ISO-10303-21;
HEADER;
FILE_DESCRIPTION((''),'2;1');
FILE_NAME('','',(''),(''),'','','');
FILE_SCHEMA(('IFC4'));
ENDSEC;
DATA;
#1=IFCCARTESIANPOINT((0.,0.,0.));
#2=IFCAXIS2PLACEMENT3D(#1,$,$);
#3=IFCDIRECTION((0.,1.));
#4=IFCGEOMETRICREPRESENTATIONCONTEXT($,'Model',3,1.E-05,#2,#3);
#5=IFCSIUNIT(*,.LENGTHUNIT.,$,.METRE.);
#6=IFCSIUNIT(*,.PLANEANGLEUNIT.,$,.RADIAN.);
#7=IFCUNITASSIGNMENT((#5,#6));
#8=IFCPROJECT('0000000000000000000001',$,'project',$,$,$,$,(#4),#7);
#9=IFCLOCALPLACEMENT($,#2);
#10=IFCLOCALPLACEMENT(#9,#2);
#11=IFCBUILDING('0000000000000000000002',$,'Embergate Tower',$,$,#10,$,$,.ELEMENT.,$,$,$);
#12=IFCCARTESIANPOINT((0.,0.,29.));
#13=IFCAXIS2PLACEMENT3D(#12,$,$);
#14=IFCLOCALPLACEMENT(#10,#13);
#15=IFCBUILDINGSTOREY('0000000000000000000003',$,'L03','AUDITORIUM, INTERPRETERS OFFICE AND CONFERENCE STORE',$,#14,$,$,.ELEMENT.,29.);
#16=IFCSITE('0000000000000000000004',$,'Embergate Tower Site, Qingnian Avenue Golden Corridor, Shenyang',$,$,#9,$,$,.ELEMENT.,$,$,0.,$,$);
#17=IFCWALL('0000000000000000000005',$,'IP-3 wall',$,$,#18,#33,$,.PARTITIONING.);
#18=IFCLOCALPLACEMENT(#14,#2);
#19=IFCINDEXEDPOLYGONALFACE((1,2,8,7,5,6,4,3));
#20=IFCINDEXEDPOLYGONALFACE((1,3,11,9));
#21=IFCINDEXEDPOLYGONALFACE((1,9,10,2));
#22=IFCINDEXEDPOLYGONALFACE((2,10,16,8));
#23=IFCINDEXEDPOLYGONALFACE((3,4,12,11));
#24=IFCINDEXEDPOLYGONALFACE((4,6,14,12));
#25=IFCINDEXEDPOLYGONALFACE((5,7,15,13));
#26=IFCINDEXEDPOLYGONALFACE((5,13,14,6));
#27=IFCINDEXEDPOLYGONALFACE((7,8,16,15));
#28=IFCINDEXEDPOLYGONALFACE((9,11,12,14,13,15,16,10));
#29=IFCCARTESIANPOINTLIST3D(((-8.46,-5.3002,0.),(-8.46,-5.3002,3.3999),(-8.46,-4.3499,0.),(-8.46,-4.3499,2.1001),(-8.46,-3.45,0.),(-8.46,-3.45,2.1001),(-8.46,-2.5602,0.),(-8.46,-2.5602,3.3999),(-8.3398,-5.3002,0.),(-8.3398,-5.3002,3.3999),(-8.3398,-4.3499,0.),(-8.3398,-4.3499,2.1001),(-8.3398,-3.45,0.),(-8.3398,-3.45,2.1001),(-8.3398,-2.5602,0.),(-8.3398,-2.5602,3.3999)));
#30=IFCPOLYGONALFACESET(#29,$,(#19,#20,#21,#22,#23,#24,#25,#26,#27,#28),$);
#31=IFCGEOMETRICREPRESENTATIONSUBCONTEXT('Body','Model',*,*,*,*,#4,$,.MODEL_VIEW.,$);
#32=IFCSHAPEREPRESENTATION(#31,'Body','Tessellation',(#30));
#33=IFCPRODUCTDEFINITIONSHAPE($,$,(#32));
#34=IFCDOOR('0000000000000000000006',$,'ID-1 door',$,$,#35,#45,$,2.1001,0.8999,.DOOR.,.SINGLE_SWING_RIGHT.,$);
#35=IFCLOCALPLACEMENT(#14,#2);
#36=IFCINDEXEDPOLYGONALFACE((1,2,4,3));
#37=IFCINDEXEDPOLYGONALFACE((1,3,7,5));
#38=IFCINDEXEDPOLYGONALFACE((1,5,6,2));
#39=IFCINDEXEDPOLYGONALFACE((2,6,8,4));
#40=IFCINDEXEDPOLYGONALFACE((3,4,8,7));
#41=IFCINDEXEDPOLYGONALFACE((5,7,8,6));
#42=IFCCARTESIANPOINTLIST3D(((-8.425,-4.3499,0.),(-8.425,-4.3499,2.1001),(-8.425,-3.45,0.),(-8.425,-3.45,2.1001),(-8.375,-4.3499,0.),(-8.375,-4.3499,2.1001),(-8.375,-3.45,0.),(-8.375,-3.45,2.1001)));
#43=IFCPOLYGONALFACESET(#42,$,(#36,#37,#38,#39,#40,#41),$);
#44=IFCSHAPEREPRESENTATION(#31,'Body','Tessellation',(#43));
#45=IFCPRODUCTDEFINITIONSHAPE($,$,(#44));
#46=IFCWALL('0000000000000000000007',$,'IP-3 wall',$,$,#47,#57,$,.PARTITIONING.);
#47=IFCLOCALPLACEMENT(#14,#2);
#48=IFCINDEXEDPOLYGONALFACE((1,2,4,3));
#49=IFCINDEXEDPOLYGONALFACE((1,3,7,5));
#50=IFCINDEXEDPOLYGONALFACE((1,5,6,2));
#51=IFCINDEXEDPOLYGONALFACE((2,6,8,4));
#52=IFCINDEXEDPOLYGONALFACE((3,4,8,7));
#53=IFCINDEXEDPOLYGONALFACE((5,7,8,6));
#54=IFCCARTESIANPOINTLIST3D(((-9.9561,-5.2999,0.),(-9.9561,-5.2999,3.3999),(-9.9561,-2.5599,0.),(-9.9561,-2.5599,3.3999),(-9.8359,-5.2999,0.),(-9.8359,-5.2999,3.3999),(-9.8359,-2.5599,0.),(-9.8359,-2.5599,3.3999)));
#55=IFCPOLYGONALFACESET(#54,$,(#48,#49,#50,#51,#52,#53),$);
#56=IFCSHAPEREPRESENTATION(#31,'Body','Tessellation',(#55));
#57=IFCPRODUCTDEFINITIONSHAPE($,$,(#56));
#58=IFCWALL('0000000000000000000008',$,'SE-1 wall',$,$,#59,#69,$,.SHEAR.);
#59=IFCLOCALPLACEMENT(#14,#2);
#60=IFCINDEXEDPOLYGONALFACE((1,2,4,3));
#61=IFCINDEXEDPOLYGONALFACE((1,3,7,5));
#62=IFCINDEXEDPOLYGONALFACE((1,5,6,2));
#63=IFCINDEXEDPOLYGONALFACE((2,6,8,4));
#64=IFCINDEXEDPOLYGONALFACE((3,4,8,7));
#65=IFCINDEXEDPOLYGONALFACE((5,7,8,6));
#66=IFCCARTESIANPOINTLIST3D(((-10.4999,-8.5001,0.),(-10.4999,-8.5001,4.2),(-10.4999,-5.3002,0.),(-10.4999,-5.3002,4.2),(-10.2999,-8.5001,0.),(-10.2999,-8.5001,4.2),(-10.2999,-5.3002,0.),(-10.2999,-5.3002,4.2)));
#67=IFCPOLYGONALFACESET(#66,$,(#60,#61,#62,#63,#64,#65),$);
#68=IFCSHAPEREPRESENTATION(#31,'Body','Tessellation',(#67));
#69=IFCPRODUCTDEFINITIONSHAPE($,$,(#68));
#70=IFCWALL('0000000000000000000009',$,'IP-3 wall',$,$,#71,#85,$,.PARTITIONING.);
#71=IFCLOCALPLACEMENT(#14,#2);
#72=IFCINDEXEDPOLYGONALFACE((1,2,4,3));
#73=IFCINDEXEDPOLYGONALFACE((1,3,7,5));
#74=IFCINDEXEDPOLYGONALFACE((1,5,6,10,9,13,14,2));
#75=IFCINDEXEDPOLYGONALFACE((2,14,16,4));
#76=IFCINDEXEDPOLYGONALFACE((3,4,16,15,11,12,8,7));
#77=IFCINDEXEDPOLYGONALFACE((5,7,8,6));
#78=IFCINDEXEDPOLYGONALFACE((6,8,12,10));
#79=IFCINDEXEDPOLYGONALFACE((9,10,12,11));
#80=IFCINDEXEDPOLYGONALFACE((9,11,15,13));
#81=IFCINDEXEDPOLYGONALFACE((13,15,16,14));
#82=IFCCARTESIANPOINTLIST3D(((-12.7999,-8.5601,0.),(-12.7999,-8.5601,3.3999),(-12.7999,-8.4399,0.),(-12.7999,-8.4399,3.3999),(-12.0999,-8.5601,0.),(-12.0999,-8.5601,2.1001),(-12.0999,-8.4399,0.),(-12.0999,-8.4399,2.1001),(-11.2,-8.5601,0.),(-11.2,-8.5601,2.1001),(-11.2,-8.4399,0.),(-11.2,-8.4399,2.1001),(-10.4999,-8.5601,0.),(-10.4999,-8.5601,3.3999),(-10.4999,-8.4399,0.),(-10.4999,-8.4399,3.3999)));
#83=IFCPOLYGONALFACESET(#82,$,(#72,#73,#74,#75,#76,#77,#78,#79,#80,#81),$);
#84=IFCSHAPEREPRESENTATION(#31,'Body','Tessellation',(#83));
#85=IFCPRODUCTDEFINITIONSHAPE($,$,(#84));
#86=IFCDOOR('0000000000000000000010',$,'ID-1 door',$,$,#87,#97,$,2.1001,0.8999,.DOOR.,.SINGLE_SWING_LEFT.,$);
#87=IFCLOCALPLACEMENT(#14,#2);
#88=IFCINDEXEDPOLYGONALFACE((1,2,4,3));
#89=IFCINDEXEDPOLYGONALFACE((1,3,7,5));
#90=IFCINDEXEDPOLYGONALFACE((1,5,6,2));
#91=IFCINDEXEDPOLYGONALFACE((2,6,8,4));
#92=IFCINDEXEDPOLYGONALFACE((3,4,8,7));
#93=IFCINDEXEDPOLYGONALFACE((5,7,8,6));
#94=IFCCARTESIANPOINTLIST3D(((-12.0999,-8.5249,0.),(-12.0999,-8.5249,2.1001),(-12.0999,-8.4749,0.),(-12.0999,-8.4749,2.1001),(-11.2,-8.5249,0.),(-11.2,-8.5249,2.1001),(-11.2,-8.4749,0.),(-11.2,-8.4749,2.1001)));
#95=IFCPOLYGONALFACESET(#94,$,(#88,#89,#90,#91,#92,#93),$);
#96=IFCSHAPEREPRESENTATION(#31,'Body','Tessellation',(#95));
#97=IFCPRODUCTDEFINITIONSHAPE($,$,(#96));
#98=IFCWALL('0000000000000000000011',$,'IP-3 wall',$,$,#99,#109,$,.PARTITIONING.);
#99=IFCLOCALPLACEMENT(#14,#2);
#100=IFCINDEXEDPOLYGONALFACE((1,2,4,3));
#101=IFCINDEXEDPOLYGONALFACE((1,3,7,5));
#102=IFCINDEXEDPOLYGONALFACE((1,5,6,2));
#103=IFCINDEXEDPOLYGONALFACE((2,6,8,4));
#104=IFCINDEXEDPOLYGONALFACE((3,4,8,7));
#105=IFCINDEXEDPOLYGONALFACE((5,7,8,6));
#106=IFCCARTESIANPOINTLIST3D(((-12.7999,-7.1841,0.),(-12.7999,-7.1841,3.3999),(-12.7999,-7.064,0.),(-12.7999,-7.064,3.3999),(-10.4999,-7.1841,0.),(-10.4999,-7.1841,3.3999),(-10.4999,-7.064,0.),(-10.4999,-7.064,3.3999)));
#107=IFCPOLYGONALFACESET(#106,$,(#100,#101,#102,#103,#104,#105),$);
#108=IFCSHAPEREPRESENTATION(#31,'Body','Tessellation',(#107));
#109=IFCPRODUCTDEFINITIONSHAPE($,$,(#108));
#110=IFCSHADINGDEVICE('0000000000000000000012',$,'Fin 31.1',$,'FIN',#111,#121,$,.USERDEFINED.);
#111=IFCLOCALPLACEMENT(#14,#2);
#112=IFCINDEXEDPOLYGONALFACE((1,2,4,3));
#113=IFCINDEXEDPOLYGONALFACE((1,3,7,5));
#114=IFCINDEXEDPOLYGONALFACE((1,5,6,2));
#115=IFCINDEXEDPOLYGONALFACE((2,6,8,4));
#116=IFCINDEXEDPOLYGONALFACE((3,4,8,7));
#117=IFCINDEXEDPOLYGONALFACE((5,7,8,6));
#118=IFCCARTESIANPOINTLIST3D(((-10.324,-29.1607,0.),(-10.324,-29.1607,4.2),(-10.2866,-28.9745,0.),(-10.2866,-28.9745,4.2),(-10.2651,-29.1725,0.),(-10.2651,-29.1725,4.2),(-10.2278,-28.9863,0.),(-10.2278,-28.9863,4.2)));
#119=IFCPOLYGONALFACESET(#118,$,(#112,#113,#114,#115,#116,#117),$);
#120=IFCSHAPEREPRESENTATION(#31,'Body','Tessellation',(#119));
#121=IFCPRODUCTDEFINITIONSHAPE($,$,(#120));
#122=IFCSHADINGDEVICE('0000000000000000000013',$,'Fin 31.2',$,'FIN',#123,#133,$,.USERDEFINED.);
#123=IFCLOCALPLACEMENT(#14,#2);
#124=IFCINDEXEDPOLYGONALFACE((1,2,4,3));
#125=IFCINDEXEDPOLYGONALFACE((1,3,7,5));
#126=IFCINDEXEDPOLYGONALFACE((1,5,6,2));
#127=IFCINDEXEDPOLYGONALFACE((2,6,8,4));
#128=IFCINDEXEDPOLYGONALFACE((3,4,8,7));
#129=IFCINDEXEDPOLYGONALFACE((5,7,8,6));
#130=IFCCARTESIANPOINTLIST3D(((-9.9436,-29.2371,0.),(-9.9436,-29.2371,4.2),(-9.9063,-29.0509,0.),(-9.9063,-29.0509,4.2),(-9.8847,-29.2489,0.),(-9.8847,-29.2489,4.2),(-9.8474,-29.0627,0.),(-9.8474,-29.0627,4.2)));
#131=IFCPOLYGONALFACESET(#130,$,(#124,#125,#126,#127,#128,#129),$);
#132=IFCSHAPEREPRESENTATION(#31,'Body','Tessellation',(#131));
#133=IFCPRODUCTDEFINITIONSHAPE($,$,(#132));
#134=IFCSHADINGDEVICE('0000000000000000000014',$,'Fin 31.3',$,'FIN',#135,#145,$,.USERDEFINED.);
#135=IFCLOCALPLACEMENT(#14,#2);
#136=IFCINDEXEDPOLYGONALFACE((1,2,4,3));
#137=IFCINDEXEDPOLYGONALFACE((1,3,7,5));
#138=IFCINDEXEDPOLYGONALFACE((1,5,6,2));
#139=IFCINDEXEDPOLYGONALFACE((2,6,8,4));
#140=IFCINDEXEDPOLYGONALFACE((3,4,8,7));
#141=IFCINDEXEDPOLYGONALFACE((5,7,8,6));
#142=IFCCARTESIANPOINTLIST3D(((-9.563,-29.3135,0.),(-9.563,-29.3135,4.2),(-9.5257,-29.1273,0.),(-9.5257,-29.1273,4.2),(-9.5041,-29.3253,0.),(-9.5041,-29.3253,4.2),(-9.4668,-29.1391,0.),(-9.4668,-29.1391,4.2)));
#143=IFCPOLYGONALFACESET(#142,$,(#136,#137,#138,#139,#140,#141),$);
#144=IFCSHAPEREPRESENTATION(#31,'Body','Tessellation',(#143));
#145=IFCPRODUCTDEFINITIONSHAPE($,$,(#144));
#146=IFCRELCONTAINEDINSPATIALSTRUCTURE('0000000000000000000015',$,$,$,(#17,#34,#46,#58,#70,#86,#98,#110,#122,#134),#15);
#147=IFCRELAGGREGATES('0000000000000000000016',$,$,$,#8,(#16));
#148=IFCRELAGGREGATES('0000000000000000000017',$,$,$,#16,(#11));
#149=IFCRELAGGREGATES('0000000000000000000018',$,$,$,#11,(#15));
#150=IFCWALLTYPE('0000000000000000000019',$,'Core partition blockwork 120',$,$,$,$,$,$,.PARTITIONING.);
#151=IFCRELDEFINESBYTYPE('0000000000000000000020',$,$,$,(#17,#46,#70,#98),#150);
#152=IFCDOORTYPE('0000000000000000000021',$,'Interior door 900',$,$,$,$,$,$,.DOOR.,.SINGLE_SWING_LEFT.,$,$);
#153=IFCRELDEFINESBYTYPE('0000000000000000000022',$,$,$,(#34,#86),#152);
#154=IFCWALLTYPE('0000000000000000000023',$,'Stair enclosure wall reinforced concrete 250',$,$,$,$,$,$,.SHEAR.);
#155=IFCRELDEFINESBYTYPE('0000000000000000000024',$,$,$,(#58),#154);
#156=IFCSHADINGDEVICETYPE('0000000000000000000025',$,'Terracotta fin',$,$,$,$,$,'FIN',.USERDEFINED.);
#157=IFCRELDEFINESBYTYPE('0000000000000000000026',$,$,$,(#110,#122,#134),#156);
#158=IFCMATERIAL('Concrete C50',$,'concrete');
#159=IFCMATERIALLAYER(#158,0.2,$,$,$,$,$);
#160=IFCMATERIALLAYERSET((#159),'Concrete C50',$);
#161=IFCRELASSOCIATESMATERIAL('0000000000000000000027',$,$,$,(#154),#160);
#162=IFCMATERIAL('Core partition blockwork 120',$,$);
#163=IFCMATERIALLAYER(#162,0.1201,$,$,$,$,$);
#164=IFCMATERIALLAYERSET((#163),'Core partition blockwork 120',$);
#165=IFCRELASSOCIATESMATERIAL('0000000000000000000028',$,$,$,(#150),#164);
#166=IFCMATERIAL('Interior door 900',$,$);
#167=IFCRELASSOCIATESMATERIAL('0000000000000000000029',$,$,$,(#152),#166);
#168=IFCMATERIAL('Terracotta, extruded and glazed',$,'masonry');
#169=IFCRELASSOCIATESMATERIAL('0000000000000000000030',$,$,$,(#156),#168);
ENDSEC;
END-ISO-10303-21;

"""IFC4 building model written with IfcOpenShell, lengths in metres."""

from ifc_helpers import new_model, si_unit, direction, frame, frame_2d, origin, origin_2d, place, context, subcontext, project, spatial, rectangle, extrude, source, transform, mapped, material, layer, layer_set, material_profile, profile_set, type_object, element, fill, save


model = new_model("IFC4")

# Units and contexts
model_context = context("Model", 3, precision=1e-05, world=origin(), true_north=direction((0.0, 1.0)))
body_context = subcontext(model_context, "Body", "Model", "MODEL_VIEW")
ifc_project = project(units=[si_unit("LENGTHUNIT", "METRE"), si_unit("PLANEANGLEUNIT", "RADIAN")], contexts=[model_context])

# Site, building, storey
site_placement = place(None, origin())
site = spatial("IfcSite", under=ifc_project, at=site_placement, Name="Embergate Tower Site, Qingnian Avenue Golden Corridor, Shenyang", CompositionType="ELEMENT", RefElevation=0.0)
building_placement = place(site_placement, origin())
building = spatial("IfcBuilding", under=site, at=building_placement, Name="Embergate Tower", CompositionType="ELEMENT")
storey_placement = place(building_placement, frame((0.0, 0.0, 29.0)))
storey = spatial("IfcBuildingStorey", under=building, at=storey_placement, Name="L03", Description="AUDITORIUM, INTERPRETERS OFFICE AND CONFERENCE STORE", CompositionType="ELEMENT", Elevation=29.0)

# Shared definitions
ifc_material_1 = material(Name="Concrete C50", Category="concrete")
ifc_layer_1 = layer(ifc_material_1, 0.2)
ifc_layer_set_1 = layer_set([ifc_layer_1], Name="Concrete C50")
wall_type_1 = type_object("IfcWallType", Name="Stair enclosure wall reinforced concrete 250", PredefinedType="SHEAR", material=ifc_layer_set_1)

# Wall, opening, door
ifc_material_2 = material(Name="Core partition blockwork 120")
ifc_layer_2 = layer(ifc_material_2, 0.1201)
ifc_layer_set_2 = layer_set([ifc_layer_2], Name="Core partition blockwork 120")
wall_type_2 = type_object("IfcWallType", Name="Core partition blockwork 120", PredefinedType="PARTITIONING", material=ifc_layer_set_2)
shared_shape_1 = source(origin(), body_context, "Body", "SweptSolid", [
    extrude(rectangle(XDim=2.74, YDim=0.1201, at=frame_2d((1.3701, 0.0))), origin(), (0.0, 0.0, 1.0), 3.3999),
])
wall_1_placement = place(storey_placement, frame((-8.3999, -2.5601, 0.0), z_axis=(0.0, 0.0, 1.0), x_axis=(0.0, -1.0, 0.0)))
wall_1 = element("IfcWall", 1, at=wall_1_placement, inside=storey, type_object=wall_type_2, Name="IP-3 wall", PredefinedType="PARTITIONING", context=body_context, shape_type="MappedRepresentation", body=[
    mapped(shared_shape_1, transform((0.0, 0.0, 0.0))),
])
shared_shape_2 = source(origin(), body_context, "Body", "SweptSolid", [
    extrude(rectangle(XDim=0.8999, YDim=2.1001, at=frame_2d((0.45, 1.05))), frame((0.0, 0.0701, 0.0), z_axis=(0.0, -1.0, 0.0), x_axis=(1.0, 0.0, 0.0)), (0.0, 0.0, 1.0), 0.1401),
])
opening_1_placement = place(wall_1_placement, frame((0.8899, 0.0, 0.0)))
opening_1 = element("IfcOpeningElement", 2, at=opening_1_placement, cuts=wall_1, PredefinedType="OPENING", context=body_context, shape_type="MappedRepresentation", body=[
    mapped(shared_shape_2, transform((0.0, 0.0, 0.0))),
])
ifc_material_3 = material(Name="Interior door 900")
door_type = type_object("IfcDoorType", Name="Interior door 900", OperationType="SINGLE_SWING_LEFT", PredefinedType="DOOR", material=ifc_material_3)
shared_shape_3 = source(origin(), body_context, "Body", "SweptSolid", [
    extrude(rectangle(XDim=0.8999, YDim=2.1001, at=frame_2d((0.45, 1.05))), frame((0.0, 0.0249, 0.0), z_axis=(0.0, -1.0, 0.0), x_axis=(1.0, 0.0, 0.0)), (0.0, 0.0, 1.0), 0.05),
])
door_1_placement = place(opening_1_placement, origin())
door_1 = element("IfcDoor", 3, at=door_1_placement, inside=storey, type_object=door_type, Name="ID-1 door", OperationType="SINGLE_SWING_RIGHT", OverallHeight=2.1001, OverallWidth=0.8999, PredefinedType="DOOR", context=body_context, shape_type="MappedRepresentation", body=[
    mapped(shared_shape_3, transform((0.0, 0.0, 0.0))),
])
fill(opening_1, door_1)

# Walls
wall_2_placement = place(storey_placement, frame((-9.896, -5.3, 0.0), z_axis=(0.0, 0.0, 1.0), x_axis=(0.0, 1.0, 0.0)))
element("IfcWall", 4, at=wall_2_placement, inside=storey, type_object=wall_type_2, Name="IP-3 wall", PredefinedType="PARTITIONING", context=body_context, shape_type="MappedRepresentation", body=[
    mapped(shared_shape_1, transform((0.0, 0.0, 0.0))),
])
shared_shape_4 = source(origin(), body_context, "Body", "SweptSolid", [
    extrude(rectangle(XDim=3.2, YDim=0.2, at=frame_2d((1.6001, 0.0))), origin(), (0.0, 0.0, 1.0), 4.2),
])
wall_3_placement = place(storey_placement, frame((-10.3999, -5.3, 0.0), z_axis=(0.0, 0.0, 1.0), x_axis=(0.0, -1.0, 0.0)))
element("IfcWall", 5, at=wall_3_placement, inside=storey, type_object=wall_type_1, Name="SE-1 wall", PredefinedType="SHEAR", context=body_context, shape_type="MappedRepresentation", body=[
    mapped(shared_shape_4, transform((0.0, 0.0, 0.0))),
])

# Wall, opening, door
shared_shape_5 = source(origin(), body_context, "Body", "SweptSolid", [
    extrude(rectangle(XDim=2.3, YDim=0.1201, at=frame_2d((1.1499, 0.0))), origin(), (0.0, 0.0, 1.0), 3.3999),
])
wall_4_placement = place(storey_placement, frame((-10.5, -8.5, 0.0), z_axis=(0.0, 0.0, 1.0), x_axis=(-1.0, 0.0, 0.0)))
wall_4 = element("IfcWall", 6, at=wall_4_placement, inside=storey, type_object=wall_type_2, Name="IP-3 wall", PredefinedType="PARTITIONING", context=body_context, shape_type="MappedRepresentation", body=[
    mapped(shared_shape_5, transform((0.0, 0.0, 0.0))),
])
opening_2_placement = place(wall_4_placement, frame((0.7, 0.0, 0.0)))
opening_2 = element("IfcOpeningElement", 7, at=opening_2_placement, cuts=wall_4, PredefinedType="OPENING", context=body_context, shape_type="MappedRepresentation", body=[
    mapped(shared_shape_2, transform((0.0, 0.0, 0.0))),
])
door_2_placement = place(opening_2_placement, origin())
door_2 = element("IfcDoor", 8, at=door_2_placement, inside=storey, type_object=door_type, Name="ID-1 door", OperationType="SINGLE_SWING_LEFT", OverallHeight=2.1001, OverallWidth=0.8999, PredefinedType="DOOR", context=body_context, shape_type="MappedRepresentation", body=[
    mapped(shared_shape_3, transform((0.0, 0.0, 0.0))),
])
fill(opening_2, door_2)

# Wall
wall_5_placement = place(storey_placement, frame((-10.5, -7.124, 0.0), z_axis=(0.0, 0.0, 1.0), x_axis=(-1.0, 0.0, 0.0)))
element("IfcWall", 9, at=wall_5_placement, inside=storey, type_object=wall_type_2, Name="IP-3 wall", PredefinedType="PARTITIONING", context=body_context, shape_type="MappedRepresentation", body=[
    mapped(shared_shape_5, transform((0.0, 0.0, 0.0))),
])

# Shading devices
ifc_material_4 = material(Name="Terracotta, extruded and glazed", Category="masonry")
ifc_material_profile_1 = material_profile(ifc_material_4, rectangle(XDim=0.1899, YDim=0.0601, at=origin_2d()), Name="TC 190x60")
ifc_profile_set_1 = profile_set([ifc_material_profile_1], Name="Terracotta, extruded and glazed")
shading_device_type = type_object("IfcShadingDeviceType", Name="Terracotta fin", ElementType="FIN", PredefinedType="USERDEFINED", material=ifc_profile_set_1)
shared_shape_6 = source(origin(), body_context, "Body", "SweptSolid", [
    extrude(rectangle(XDim=0.1899, YDim=0.0601, at=origin_2d()), origin(), (0.0, 0.0, 1.0), 4.2),
])
for number, where, z_axis, x_axis, name in (
    (10, (-10.2759, -29.0735, 0.0), (0.0, 0.0, 1.0), (0.196644, 0.980475, 0.0), "Fin 31.1"),
    (11, (-9.8955, -29.1499, 0.0), (0.0, 0.0, 1.0), (0.196644, 0.980475, 0.0), "Fin 31.2"),
    (12, (-9.5149, -29.2263, 0.0), (0.0, 0.0, 1.0), (0.196644, 0.980475, 0.0), "Fin 31.3"),
):
    element("IfcShadingDevice", number, at=place(storey_placement, frame(where, z_axis=z_axis, x_axis=x_axis)), inside=storey, type_object=shading_device_type, Name=name, ObjectType="FIN", PredefinedType="USERDEFINED", context=body_context, shape_type="MappedRepresentation", body=[
        mapped(shared_shape_6, transform((0.0, 0.0, 0.0))),
    ])

save(model, "model.ifc")
